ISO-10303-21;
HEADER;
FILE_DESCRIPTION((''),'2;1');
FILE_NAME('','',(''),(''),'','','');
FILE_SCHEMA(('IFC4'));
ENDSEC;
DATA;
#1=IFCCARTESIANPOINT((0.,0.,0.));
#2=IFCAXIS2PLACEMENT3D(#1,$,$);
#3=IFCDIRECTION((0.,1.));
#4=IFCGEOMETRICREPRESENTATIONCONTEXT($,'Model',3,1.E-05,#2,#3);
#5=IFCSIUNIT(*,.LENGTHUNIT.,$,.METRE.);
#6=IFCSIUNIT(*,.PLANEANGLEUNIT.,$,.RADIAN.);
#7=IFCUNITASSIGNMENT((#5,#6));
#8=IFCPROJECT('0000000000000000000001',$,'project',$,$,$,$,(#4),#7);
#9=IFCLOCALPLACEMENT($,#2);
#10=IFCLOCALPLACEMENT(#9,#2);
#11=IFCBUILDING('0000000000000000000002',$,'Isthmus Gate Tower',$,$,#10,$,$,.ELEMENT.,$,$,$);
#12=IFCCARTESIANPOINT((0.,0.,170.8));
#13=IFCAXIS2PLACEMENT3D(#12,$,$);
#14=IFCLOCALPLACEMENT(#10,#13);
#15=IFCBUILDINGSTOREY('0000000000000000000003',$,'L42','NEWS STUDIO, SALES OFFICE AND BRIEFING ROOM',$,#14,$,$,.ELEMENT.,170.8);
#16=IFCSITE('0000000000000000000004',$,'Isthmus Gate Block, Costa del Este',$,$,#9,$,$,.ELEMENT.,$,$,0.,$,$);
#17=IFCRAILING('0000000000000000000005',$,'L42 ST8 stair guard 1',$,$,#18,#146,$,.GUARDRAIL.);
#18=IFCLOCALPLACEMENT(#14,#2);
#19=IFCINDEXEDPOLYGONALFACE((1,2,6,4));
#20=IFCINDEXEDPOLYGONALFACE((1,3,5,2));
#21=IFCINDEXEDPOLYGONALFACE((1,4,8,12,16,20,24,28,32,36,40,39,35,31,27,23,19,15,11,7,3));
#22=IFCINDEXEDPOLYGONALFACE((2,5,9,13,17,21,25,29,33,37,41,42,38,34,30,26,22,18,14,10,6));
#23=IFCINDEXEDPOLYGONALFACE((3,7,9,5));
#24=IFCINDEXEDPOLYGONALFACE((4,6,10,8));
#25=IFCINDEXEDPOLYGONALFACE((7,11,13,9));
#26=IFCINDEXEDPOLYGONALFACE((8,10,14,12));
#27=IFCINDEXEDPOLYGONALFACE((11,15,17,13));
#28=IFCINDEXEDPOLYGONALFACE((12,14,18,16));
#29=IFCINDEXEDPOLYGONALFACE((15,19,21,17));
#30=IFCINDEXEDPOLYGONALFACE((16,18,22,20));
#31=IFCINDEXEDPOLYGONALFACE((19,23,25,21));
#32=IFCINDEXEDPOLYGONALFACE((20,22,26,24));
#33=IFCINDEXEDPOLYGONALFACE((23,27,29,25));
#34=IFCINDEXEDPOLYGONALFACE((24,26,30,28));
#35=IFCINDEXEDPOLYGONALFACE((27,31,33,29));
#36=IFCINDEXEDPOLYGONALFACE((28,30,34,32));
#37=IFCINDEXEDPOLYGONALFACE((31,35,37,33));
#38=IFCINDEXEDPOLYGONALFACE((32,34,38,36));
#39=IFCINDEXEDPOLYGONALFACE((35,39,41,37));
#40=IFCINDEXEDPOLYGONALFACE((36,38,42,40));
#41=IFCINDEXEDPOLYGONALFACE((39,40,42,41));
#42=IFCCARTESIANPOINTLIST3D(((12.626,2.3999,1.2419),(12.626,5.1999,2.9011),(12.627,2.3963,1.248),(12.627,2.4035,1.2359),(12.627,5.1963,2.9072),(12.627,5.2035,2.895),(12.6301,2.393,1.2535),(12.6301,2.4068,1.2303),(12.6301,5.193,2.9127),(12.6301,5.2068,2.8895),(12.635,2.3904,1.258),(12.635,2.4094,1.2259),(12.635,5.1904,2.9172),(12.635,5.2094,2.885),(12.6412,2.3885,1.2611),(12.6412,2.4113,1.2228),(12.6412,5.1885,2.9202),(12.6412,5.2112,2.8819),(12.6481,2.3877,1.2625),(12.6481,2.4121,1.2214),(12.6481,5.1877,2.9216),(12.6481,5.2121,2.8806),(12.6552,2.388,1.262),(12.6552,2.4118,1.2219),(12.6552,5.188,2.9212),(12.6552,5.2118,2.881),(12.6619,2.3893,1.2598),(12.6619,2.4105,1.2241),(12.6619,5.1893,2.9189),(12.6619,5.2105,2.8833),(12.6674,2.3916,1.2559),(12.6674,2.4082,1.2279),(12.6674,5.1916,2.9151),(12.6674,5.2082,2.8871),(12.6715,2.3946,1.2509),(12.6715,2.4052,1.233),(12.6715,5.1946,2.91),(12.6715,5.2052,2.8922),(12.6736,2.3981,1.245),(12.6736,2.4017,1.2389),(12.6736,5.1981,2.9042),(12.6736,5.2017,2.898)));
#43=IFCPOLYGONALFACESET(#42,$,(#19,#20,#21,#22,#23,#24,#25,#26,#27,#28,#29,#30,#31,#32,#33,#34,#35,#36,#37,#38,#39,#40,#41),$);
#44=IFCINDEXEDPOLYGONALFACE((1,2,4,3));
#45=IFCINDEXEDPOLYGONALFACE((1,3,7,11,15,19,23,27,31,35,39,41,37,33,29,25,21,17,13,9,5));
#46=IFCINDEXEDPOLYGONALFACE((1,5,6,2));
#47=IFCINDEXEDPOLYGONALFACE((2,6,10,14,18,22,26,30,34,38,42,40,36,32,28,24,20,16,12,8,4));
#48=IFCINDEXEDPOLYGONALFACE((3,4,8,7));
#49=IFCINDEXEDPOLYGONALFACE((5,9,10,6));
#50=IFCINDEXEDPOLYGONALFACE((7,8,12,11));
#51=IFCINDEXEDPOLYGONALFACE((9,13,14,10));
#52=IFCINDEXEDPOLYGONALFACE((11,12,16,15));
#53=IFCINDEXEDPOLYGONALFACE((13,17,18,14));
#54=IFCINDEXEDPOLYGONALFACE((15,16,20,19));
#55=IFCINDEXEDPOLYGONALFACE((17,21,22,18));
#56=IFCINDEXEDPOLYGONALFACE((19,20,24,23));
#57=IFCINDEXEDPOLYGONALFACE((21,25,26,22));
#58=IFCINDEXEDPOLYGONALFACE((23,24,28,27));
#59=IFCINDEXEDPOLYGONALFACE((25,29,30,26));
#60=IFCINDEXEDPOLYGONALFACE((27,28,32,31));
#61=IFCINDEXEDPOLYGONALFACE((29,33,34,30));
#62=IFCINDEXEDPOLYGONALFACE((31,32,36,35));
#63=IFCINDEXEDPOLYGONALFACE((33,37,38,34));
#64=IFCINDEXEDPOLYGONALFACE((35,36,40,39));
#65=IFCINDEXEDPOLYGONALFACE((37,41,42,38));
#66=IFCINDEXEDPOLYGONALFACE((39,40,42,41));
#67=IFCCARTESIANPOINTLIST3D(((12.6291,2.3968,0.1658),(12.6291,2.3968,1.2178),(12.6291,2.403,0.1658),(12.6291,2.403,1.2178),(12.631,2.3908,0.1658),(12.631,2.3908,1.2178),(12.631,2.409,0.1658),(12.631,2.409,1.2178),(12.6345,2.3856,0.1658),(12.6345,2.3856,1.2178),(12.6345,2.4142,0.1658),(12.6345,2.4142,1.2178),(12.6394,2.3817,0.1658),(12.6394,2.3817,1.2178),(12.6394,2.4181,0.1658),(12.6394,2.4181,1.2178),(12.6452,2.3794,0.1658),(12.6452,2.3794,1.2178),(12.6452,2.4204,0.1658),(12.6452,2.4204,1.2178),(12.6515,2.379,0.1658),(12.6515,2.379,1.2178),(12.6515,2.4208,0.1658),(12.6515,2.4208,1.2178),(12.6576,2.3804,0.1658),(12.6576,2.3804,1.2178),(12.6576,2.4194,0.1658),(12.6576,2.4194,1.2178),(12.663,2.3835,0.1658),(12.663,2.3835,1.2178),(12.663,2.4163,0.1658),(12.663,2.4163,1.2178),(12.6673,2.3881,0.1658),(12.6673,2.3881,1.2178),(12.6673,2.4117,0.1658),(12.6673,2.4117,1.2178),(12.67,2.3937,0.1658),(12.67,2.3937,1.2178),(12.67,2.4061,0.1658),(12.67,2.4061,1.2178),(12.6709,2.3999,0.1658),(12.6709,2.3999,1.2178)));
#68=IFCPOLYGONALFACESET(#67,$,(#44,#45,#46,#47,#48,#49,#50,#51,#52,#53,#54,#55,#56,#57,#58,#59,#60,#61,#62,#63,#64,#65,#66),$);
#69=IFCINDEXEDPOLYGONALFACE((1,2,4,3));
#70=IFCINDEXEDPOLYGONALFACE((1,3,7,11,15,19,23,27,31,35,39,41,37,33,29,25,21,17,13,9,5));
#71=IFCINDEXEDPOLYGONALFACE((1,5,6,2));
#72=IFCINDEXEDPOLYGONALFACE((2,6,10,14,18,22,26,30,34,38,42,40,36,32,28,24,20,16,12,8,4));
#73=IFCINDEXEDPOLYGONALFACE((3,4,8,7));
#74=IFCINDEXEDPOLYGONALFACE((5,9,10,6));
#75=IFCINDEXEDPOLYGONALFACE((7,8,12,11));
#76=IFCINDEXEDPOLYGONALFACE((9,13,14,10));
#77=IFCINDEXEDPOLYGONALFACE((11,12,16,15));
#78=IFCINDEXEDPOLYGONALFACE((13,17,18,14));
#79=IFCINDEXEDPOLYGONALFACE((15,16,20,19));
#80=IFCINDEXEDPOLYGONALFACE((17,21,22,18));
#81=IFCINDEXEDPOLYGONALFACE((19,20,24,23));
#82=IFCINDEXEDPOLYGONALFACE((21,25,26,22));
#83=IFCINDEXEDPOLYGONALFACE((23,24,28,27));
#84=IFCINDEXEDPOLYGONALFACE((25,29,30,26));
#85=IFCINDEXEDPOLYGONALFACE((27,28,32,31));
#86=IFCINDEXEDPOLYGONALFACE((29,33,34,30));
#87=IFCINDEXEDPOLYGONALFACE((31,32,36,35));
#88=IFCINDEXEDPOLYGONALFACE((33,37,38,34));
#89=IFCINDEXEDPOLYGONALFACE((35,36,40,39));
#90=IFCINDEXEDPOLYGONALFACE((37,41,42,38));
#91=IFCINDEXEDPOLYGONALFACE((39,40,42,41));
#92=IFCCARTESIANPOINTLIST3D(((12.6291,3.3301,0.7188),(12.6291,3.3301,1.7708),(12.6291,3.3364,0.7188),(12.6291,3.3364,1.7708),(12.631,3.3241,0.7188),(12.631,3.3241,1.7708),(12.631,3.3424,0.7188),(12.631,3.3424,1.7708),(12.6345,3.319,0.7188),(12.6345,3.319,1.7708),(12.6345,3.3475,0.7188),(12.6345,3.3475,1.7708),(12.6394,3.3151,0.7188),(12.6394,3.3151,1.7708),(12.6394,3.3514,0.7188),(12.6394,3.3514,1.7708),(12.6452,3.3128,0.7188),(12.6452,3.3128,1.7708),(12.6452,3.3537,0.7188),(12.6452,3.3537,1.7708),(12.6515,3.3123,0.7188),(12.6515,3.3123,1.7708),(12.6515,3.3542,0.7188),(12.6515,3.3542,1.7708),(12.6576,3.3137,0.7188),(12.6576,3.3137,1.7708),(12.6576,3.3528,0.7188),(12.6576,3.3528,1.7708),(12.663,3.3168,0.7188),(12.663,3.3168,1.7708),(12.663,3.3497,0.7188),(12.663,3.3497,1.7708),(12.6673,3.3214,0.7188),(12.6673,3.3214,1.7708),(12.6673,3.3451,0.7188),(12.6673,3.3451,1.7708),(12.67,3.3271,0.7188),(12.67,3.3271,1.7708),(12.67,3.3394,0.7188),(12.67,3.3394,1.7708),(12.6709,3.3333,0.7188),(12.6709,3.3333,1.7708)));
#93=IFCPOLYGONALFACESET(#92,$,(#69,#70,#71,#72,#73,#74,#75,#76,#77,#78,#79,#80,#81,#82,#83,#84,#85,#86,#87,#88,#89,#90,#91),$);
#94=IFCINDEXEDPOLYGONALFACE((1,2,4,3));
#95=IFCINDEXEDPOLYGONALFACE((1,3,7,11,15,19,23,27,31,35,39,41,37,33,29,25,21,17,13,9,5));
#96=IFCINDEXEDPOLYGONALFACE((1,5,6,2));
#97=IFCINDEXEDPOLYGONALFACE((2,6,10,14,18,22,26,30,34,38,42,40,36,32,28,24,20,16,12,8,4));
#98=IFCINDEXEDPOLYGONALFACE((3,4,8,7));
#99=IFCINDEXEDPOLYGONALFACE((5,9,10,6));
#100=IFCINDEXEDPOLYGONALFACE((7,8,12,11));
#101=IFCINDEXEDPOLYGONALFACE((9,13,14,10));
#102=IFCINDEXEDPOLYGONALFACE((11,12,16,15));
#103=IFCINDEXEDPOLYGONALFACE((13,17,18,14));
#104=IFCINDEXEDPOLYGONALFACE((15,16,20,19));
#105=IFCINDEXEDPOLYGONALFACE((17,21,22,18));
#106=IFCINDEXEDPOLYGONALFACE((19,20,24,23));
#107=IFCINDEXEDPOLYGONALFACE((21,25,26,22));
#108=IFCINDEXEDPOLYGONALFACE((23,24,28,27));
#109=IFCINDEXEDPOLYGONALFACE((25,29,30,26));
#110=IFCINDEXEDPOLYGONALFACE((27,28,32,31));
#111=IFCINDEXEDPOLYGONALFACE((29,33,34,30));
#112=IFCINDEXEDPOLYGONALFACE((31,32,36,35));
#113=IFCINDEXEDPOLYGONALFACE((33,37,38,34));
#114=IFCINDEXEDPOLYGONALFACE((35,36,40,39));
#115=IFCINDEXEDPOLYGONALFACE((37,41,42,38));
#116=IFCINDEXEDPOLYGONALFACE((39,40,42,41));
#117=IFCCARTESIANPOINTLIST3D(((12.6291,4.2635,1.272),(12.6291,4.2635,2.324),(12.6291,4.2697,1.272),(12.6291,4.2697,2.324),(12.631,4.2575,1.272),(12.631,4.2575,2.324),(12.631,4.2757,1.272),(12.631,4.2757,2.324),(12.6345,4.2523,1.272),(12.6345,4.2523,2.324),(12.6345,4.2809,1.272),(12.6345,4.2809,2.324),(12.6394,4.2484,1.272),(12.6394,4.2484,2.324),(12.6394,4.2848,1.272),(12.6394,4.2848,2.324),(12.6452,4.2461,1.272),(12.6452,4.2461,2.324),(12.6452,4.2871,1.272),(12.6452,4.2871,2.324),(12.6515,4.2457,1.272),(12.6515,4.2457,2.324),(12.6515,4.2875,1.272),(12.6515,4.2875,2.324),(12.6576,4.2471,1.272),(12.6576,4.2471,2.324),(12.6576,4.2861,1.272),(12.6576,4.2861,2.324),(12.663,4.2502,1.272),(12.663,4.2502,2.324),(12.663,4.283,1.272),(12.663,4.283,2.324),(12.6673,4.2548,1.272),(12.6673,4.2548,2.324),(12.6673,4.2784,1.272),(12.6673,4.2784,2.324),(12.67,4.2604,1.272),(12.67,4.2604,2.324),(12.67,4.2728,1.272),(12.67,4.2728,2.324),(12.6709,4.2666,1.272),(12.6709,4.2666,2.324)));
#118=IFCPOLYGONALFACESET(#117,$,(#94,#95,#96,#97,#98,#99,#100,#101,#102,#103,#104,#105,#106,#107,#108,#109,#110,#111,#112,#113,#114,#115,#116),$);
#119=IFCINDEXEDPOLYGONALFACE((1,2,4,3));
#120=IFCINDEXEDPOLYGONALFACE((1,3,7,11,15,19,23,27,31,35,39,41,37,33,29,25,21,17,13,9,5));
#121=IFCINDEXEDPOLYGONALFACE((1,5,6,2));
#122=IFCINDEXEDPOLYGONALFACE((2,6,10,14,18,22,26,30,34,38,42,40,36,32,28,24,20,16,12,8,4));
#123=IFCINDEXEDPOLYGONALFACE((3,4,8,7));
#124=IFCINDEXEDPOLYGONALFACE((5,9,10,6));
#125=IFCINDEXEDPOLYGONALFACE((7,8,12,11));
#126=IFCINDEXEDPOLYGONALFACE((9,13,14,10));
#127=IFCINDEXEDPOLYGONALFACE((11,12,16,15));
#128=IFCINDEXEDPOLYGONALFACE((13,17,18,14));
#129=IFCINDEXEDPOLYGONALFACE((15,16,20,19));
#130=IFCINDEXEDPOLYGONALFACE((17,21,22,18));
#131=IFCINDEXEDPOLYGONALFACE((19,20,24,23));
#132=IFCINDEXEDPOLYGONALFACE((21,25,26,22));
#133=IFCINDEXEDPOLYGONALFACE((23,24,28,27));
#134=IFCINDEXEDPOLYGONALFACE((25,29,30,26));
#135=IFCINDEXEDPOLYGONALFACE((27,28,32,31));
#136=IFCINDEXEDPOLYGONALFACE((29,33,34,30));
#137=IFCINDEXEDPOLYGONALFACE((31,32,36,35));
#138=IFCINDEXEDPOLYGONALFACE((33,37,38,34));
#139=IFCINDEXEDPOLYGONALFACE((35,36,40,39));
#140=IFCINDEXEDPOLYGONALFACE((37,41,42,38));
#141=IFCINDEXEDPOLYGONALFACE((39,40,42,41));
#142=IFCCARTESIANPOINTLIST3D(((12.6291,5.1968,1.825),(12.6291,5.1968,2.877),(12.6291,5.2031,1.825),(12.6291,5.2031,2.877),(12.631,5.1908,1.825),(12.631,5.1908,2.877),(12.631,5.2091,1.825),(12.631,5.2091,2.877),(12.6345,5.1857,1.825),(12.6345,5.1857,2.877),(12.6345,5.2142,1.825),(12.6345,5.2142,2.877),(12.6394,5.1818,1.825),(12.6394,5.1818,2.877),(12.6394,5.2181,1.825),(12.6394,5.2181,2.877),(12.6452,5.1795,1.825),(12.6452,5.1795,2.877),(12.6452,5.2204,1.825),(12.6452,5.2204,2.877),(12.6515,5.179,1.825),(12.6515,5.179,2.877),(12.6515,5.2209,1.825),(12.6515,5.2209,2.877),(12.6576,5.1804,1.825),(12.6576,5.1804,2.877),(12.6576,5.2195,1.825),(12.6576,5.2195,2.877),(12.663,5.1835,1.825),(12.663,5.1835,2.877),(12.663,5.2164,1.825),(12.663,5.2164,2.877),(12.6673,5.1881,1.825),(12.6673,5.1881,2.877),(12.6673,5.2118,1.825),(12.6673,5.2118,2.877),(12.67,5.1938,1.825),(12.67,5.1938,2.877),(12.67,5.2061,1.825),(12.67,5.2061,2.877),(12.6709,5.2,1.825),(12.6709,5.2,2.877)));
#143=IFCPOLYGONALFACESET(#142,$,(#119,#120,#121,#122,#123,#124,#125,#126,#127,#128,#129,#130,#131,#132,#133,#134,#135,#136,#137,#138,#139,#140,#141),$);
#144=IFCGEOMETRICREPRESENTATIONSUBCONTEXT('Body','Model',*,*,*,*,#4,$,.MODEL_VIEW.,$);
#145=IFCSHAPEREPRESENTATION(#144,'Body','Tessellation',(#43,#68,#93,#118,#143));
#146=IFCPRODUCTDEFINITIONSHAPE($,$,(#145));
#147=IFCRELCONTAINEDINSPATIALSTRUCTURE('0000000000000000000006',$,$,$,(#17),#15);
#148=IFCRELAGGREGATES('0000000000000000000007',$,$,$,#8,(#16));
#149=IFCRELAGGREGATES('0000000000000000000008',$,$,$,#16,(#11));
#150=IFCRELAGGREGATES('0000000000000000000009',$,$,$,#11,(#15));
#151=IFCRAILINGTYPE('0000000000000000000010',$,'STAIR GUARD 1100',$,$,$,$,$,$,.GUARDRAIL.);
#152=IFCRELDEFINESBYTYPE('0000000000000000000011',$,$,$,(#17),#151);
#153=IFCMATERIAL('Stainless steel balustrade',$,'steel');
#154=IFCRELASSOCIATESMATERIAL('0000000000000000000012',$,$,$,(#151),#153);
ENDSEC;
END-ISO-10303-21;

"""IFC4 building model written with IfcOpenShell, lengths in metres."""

from ifc_helpers import new_model, si_unit, direction, frame, origin, origin_2d, place, context, subcontext, project, spatial, circle, extrude, material, type_object, element, save


model = new_model("IFC4")

# Units and contexts
model_context = context("Model", 3, precision=1e-05, world=origin(), true_north=direction((0.0, 1.0)))
body_context = subcontext(model_context, "Body", "Model", "MODEL_VIEW")
ifc_project = project(units=[si_unit("LENGTHUNIT", "METRE"), si_unit("PLANEANGLEUNIT", "RADIAN")], contexts=[model_context])

# Site, building, storey
site_placement = place(None, origin())
site = spatial("IfcSite", under=ifc_project, at=site_placement, Name="Isthmus Gate Block, Costa del Este", CompositionType="ELEMENT", RefElevation=0.0)
building_placement = place(site_placement, origin())
building = spatial("IfcBuilding", under=site, at=building_placement, Name="Isthmus Gate Tower", CompositionType="ELEMENT")
storey_placement = place(building_placement, frame((0.0, 0.0, 170.8)))
storey = spatial("IfcBuildingStorey", under=building, at=storey_placement, Name="L42", Description="NEWS STUDIO, SALES OFFICE AND BRIEFING ROOM", CompositionType="ELEMENT", Elevation=170.8)

# Railing
ifc_material_1 = material(Name="Stainless steel balustrade", Category="steel")
railing_type_1 = type_object("IfcRailingType", Name="STAIR GUARD 1100", PredefinedType="GUARDRAIL", material=ifc_material_1)
railing_1_placement = place(storey_placement, frame((12.6499, 2.3999, 0.1658)))
element("IfcRailing", 1, at=railing_1_placement, inside=storey, type_object=railing_type_1, Name="L42 ST8 stair guard 1", PredefinedType="GUARDRAIL", context=body_context, shape_type="SweptSolid", body=[
    extrude(circle(Radius=0.0239, at=origin_2d()), frame((0.0, 0.0, 1.0762), z_axis=(0.0, 0.860306, 0.509778), x_axis=(-1.0, 0.0, 0.0)), (0.0, 0.0, 1.0), 3.2546),
    extrude(circle(Radius=0.021, at=origin_2d()), origin(), (0.0, 0.0, 1.0), 1.052),
    extrude(circle(Radius=0.021, at=origin_2d()), frame((0.0, 0.9333, 0.553)), (0.0, 0.0, 1.0), 1.052),
    extrude(circle(Radius=0.021, at=origin_2d()), frame((0.0, 1.8667, 1.1062)), (0.0, 0.0, 1.0), 1.052),
    extrude(circle(Radius=0.021, at=origin_2d()), frame((0.0, 2.8, 1.6592)), (0.0, 0.0, 1.0), 1.052),
])

save(model, "model.ifc")
